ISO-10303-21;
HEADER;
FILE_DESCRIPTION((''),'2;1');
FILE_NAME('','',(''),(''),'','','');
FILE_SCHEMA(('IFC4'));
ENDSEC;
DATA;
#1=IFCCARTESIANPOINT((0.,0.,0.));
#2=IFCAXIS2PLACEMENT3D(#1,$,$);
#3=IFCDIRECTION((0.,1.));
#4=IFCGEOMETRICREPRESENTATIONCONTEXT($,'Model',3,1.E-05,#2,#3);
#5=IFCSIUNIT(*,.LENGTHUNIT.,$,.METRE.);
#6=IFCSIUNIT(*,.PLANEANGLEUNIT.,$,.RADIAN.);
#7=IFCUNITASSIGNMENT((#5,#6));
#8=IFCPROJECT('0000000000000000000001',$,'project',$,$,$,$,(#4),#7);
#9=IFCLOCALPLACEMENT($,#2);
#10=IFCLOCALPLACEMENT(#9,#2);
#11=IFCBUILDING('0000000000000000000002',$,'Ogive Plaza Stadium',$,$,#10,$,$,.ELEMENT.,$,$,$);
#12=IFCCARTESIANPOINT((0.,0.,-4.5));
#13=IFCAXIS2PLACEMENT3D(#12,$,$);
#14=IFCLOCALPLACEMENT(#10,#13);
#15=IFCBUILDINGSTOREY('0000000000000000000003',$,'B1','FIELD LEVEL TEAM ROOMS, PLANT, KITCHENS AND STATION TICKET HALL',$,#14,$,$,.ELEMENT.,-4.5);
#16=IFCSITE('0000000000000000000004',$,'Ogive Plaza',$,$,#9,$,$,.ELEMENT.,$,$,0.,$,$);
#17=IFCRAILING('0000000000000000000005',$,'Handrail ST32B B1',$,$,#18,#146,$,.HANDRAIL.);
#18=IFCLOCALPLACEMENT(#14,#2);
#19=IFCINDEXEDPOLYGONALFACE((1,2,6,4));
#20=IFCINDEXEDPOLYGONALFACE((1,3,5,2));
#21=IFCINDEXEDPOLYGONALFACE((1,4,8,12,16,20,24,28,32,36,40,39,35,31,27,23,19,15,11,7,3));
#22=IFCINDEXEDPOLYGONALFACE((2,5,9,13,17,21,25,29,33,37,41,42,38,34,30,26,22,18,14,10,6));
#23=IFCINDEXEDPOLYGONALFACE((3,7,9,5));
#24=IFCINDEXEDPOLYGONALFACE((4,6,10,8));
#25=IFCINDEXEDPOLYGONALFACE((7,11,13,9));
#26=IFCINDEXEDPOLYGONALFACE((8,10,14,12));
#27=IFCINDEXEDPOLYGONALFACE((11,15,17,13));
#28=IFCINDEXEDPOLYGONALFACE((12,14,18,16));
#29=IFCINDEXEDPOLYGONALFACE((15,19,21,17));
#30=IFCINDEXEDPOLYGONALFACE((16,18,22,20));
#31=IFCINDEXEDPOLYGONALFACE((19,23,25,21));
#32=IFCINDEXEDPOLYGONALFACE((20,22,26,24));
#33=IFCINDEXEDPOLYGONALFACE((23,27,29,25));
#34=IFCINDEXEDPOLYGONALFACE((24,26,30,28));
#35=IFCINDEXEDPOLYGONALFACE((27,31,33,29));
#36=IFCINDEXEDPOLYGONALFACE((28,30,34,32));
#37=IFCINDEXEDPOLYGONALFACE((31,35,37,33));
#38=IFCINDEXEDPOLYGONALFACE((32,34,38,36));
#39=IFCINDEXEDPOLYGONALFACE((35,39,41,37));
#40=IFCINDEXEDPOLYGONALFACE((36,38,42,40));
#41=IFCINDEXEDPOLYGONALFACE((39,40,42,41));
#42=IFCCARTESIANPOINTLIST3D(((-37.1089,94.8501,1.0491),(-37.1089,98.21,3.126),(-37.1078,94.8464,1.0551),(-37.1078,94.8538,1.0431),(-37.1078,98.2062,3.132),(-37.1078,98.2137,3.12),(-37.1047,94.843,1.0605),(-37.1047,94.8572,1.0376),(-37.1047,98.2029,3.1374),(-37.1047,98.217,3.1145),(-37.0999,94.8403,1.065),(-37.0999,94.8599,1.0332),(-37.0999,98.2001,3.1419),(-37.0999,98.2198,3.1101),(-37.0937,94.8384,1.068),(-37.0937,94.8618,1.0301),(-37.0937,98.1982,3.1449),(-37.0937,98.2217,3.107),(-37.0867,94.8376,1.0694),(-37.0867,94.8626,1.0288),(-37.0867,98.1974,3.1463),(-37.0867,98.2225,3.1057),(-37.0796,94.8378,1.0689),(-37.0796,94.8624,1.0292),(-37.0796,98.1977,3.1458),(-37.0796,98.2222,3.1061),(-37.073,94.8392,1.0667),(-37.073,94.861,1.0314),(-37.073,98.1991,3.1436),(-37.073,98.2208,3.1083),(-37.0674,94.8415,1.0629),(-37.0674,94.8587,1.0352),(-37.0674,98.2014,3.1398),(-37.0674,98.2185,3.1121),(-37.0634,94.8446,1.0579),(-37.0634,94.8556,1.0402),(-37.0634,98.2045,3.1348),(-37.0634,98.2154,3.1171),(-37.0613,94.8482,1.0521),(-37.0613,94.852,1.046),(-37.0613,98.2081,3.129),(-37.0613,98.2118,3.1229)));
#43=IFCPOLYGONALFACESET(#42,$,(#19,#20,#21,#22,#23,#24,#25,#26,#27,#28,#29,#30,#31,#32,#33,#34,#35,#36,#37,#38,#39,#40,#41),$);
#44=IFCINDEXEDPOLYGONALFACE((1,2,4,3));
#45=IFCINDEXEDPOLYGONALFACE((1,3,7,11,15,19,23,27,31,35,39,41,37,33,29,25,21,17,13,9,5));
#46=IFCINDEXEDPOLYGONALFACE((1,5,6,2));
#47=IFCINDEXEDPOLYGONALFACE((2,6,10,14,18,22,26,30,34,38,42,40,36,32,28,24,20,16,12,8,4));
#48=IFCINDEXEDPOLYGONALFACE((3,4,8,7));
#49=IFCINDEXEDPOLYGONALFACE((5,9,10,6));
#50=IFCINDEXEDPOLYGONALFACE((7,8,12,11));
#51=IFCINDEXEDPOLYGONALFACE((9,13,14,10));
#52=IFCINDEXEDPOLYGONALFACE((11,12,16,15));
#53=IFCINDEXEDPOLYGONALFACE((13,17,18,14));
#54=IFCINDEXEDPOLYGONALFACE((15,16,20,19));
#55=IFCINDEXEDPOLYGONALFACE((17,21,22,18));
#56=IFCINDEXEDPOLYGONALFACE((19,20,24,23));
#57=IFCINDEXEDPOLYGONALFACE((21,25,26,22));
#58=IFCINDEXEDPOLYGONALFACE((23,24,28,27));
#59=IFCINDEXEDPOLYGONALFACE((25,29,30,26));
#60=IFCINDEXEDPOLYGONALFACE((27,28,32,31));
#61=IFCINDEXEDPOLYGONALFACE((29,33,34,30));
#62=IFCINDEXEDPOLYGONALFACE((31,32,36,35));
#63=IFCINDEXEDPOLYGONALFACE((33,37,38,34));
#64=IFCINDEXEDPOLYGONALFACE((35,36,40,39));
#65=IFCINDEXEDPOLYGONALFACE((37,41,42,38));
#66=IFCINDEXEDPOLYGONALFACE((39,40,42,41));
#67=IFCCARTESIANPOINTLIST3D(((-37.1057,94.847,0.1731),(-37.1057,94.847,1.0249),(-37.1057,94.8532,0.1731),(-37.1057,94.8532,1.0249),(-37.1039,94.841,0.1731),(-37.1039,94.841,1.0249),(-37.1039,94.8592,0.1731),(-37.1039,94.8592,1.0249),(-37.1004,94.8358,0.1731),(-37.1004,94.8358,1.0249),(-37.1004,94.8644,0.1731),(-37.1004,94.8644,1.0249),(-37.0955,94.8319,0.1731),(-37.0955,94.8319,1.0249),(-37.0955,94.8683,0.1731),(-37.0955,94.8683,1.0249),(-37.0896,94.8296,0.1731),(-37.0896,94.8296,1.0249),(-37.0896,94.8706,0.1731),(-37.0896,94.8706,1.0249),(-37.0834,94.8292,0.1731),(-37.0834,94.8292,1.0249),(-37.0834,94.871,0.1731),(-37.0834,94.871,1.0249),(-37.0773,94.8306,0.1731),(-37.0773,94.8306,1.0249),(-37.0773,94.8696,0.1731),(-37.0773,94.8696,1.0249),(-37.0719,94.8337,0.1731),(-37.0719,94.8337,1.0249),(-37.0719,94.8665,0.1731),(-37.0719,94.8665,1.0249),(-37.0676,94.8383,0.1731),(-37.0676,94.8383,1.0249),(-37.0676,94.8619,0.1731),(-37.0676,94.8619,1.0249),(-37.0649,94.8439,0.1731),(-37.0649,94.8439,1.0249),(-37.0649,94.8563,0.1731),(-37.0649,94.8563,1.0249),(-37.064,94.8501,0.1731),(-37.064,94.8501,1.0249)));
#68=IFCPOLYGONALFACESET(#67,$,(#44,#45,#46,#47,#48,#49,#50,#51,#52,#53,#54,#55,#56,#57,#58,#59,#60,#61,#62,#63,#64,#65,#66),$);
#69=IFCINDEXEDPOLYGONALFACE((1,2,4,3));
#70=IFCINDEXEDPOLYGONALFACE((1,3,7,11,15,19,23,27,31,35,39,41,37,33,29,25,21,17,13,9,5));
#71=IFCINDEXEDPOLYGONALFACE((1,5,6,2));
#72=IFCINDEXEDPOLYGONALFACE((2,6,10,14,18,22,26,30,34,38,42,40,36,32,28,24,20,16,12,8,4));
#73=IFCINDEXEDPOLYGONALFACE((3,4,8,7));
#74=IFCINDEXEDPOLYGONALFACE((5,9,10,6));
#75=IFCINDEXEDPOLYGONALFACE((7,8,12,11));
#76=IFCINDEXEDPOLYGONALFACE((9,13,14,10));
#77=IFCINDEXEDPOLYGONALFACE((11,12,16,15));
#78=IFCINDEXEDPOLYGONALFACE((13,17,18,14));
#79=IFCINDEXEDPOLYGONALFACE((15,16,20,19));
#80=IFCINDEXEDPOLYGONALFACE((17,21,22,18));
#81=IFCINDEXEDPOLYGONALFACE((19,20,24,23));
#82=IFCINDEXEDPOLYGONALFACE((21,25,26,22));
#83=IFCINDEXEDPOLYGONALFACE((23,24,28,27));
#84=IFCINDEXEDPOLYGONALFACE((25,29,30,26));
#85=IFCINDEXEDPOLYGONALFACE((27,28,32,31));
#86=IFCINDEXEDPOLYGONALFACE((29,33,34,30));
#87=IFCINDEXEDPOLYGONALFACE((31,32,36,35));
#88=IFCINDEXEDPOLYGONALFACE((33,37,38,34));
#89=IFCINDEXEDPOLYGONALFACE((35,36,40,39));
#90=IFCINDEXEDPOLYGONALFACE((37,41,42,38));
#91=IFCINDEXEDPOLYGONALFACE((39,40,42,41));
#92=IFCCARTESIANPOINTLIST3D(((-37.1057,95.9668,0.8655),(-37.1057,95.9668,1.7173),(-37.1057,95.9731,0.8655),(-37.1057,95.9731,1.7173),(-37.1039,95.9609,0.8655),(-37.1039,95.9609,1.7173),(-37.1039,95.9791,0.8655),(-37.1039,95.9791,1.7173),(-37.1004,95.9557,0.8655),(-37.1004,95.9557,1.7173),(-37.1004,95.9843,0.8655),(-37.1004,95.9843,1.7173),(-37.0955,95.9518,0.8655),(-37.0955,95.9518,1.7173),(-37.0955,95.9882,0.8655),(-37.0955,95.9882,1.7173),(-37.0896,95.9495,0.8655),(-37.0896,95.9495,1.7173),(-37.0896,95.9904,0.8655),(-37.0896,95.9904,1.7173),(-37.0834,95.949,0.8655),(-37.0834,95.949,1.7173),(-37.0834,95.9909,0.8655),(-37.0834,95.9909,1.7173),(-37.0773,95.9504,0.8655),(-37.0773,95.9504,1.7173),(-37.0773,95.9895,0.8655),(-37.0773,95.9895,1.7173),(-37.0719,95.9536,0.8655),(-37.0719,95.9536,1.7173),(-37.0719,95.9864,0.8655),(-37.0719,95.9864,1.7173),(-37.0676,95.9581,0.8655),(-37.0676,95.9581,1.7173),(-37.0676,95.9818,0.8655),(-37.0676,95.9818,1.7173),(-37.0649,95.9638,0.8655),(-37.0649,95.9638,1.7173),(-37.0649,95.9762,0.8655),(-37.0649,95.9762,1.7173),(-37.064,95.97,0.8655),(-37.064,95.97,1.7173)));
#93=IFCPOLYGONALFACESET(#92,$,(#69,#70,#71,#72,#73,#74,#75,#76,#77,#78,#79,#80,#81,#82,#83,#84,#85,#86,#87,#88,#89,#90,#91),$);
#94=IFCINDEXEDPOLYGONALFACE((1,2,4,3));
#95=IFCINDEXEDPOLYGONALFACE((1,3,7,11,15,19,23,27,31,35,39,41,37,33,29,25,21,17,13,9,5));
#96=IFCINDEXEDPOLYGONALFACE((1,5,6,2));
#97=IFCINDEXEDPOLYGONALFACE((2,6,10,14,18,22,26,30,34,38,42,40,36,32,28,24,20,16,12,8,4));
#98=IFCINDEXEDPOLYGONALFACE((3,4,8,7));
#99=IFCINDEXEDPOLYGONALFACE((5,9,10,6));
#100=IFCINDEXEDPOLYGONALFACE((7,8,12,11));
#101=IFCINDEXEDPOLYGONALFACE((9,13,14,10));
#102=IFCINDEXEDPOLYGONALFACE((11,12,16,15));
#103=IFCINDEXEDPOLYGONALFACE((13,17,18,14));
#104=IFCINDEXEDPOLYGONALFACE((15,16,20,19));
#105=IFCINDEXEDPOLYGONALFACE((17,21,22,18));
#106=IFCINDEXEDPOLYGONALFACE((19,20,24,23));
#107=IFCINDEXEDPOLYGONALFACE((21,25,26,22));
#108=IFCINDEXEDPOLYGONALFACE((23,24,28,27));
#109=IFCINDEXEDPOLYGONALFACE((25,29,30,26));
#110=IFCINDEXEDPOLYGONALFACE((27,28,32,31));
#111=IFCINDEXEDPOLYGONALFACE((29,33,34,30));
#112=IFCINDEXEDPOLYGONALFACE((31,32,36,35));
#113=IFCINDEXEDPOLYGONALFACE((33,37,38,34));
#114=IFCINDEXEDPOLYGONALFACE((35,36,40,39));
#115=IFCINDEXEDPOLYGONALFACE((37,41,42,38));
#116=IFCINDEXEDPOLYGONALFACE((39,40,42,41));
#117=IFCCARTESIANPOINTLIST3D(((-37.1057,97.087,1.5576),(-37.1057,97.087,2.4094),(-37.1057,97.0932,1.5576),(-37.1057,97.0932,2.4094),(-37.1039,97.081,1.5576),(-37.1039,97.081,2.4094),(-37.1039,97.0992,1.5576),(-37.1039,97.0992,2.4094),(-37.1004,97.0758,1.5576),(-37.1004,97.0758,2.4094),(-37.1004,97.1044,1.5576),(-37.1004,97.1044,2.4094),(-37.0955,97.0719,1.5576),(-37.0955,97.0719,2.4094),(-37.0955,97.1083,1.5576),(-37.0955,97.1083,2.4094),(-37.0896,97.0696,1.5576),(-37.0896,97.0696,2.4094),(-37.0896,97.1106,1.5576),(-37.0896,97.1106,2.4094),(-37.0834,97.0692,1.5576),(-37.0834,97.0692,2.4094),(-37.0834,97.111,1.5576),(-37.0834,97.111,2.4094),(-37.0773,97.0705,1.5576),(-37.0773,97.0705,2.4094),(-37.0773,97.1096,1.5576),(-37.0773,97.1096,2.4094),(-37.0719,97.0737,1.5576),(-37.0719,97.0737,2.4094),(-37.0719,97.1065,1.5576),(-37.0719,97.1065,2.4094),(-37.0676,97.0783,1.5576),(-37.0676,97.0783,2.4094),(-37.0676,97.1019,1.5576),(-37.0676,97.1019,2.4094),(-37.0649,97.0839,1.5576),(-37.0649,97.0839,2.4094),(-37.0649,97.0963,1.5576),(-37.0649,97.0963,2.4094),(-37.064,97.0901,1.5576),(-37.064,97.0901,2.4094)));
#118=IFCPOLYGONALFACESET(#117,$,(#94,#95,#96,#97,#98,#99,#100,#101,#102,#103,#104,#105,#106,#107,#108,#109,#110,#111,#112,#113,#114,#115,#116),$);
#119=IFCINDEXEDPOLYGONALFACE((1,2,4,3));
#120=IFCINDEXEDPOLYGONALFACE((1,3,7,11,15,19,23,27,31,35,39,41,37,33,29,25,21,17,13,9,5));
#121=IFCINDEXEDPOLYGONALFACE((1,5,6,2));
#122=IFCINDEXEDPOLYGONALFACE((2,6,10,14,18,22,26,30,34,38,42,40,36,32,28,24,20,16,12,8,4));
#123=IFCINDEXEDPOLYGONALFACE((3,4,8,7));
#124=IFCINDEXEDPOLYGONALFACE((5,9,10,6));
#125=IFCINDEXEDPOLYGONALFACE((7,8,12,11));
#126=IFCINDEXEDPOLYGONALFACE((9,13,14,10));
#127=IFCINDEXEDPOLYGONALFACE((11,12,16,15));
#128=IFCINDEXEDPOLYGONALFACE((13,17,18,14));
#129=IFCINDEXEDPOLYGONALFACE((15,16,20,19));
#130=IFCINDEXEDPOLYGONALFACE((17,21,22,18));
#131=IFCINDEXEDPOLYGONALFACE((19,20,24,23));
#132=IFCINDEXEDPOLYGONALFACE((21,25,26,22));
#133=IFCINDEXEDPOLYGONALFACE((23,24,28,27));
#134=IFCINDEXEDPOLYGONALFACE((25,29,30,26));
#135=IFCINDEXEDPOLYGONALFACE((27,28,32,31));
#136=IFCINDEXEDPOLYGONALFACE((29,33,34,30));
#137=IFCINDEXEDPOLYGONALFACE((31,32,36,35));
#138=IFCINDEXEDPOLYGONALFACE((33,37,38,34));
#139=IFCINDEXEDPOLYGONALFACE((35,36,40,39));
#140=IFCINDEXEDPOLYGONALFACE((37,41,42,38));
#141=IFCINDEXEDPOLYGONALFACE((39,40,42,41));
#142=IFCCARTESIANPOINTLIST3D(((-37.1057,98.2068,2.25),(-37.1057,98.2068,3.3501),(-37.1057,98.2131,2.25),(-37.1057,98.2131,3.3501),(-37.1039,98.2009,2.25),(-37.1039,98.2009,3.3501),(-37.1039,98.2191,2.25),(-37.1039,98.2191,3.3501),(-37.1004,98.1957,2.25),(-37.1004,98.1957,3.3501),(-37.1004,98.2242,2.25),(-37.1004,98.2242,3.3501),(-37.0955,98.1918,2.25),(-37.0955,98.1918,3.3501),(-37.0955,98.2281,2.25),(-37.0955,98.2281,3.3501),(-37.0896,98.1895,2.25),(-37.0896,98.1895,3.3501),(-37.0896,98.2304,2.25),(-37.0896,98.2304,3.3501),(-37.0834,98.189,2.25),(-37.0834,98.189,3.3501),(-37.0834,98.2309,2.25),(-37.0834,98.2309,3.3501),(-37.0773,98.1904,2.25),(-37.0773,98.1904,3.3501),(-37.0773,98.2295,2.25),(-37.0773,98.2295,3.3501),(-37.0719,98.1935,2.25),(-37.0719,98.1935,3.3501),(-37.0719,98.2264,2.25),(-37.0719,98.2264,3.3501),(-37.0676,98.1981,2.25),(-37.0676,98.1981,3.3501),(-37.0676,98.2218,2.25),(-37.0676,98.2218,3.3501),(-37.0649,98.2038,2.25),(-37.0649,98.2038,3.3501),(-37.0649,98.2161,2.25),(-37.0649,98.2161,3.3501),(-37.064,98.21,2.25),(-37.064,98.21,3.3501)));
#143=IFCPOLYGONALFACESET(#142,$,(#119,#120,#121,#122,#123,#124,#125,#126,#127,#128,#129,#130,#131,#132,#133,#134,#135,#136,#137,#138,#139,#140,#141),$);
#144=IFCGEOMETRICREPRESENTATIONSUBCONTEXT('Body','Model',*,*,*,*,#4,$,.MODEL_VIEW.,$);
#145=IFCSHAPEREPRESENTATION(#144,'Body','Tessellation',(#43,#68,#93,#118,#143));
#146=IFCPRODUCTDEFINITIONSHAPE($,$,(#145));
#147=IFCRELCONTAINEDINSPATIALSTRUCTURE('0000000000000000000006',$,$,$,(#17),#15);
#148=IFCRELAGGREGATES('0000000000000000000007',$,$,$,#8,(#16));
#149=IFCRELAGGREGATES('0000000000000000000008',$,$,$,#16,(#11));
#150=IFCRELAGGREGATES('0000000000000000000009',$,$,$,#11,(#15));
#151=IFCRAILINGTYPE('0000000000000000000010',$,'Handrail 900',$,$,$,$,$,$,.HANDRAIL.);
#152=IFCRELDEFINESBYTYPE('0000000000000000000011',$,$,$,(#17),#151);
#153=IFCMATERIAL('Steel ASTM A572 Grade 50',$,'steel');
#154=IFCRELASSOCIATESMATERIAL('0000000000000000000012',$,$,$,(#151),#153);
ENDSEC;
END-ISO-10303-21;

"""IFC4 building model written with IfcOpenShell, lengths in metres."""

from ifc_helpers import new_model, si_unit, direction, frame, origin, origin_2d, place, context, subcontext, project, spatial, circle, extrude, material, type_object, element, save


model = new_model("IFC4")

# Units and contexts
model_context = context("Model", 3, precision=1e-05, world=origin(), true_north=direction((0.0, 1.0)))
body_context = subcontext(model_context, "Body", "Model", "MODEL_VIEW")
ifc_project = project(units=[si_unit("LENGTHUNIT", "METRE"), si_unit("PLANEANGLEUNIT", "RADIAN")], contexts=[model_context])

# Site, building, storey
site_placement = place(None, origin())
site = spatial("IfcSite", under=ifc_project, at=site_placement, Name="Ogive Plaza", CompositionType="ELEMENT", RefElevation=0.0)
building_placement = place(site_placement, origin())
building = spatial("IfcBuilding", under=site, at=building_placement, Name="Ogive Plaza Stadium", CompositionType="ELEMENT")
storey_placement = place(building_placement, frame((0.0, 0.0, -4.5)))
storey = spatial("IfcBuildingStorey", under=building, at=storey_placement, Name="B1", Description="FIELD LEVEL TEAM ROOMS, PLANT, KITCHENS AND STATION TICKET HALL", CompositionType="ELEMENT", Elevation=-4.5)

# Railing
ifc_material_1 = material(Name="Steel ASTM A572 Grade 50", Category="steel")
railing_type_1 = type_object("IfcRailingType", Name="Handrail 900", PredefinedType="HANDRAIL", material=ifc_material_1)
for number, where, name in (
    (1, (-37.085, 94.8501, 0.1731), "Handrail ST32B B1"),
):
    element("IfcRailing", number, at=place(storey_placement, frame(where)), inside=storey, type_object=railing_type_1, Name=name, PredefinedType="HANDRAIL", context=body_context, shape_type="SweptSolid", body=[
        extrude(circle(Radius=0.0239, at=origin_2d()), frame((0.0, 0.0, 0.876), z_axis=(0.0, 0.850606, 0.525803), x_axis=(-1.0, 0.0, 0.0)), (0.0, 0.0, 1.0), 3.95),
        extrude(circle(Radius=0.021, at=origin_2d()), origin(), (0.0, 0.0, 1.0), 0.8518),
        extrude(circle(Radius=0.021, at=origin_2d()), frame((0.0, 1.1199, 0.6924)), (0.0, 0.0, 1.0), 0.8518),
        extrude(circle(Radius=0.021, at=origin_2d()), frame((0.0, 2.24, 1.3845)), (0.0, 0.0, 1.0), 0.8518),
        extrude(circle(Radius=0.021, at=origin_2d()), frame((0.0, 3.3599, 2.0769)), (0.0, 0.0, 1.0), 1.1001),
    ])

save(model, "model.ifc")
